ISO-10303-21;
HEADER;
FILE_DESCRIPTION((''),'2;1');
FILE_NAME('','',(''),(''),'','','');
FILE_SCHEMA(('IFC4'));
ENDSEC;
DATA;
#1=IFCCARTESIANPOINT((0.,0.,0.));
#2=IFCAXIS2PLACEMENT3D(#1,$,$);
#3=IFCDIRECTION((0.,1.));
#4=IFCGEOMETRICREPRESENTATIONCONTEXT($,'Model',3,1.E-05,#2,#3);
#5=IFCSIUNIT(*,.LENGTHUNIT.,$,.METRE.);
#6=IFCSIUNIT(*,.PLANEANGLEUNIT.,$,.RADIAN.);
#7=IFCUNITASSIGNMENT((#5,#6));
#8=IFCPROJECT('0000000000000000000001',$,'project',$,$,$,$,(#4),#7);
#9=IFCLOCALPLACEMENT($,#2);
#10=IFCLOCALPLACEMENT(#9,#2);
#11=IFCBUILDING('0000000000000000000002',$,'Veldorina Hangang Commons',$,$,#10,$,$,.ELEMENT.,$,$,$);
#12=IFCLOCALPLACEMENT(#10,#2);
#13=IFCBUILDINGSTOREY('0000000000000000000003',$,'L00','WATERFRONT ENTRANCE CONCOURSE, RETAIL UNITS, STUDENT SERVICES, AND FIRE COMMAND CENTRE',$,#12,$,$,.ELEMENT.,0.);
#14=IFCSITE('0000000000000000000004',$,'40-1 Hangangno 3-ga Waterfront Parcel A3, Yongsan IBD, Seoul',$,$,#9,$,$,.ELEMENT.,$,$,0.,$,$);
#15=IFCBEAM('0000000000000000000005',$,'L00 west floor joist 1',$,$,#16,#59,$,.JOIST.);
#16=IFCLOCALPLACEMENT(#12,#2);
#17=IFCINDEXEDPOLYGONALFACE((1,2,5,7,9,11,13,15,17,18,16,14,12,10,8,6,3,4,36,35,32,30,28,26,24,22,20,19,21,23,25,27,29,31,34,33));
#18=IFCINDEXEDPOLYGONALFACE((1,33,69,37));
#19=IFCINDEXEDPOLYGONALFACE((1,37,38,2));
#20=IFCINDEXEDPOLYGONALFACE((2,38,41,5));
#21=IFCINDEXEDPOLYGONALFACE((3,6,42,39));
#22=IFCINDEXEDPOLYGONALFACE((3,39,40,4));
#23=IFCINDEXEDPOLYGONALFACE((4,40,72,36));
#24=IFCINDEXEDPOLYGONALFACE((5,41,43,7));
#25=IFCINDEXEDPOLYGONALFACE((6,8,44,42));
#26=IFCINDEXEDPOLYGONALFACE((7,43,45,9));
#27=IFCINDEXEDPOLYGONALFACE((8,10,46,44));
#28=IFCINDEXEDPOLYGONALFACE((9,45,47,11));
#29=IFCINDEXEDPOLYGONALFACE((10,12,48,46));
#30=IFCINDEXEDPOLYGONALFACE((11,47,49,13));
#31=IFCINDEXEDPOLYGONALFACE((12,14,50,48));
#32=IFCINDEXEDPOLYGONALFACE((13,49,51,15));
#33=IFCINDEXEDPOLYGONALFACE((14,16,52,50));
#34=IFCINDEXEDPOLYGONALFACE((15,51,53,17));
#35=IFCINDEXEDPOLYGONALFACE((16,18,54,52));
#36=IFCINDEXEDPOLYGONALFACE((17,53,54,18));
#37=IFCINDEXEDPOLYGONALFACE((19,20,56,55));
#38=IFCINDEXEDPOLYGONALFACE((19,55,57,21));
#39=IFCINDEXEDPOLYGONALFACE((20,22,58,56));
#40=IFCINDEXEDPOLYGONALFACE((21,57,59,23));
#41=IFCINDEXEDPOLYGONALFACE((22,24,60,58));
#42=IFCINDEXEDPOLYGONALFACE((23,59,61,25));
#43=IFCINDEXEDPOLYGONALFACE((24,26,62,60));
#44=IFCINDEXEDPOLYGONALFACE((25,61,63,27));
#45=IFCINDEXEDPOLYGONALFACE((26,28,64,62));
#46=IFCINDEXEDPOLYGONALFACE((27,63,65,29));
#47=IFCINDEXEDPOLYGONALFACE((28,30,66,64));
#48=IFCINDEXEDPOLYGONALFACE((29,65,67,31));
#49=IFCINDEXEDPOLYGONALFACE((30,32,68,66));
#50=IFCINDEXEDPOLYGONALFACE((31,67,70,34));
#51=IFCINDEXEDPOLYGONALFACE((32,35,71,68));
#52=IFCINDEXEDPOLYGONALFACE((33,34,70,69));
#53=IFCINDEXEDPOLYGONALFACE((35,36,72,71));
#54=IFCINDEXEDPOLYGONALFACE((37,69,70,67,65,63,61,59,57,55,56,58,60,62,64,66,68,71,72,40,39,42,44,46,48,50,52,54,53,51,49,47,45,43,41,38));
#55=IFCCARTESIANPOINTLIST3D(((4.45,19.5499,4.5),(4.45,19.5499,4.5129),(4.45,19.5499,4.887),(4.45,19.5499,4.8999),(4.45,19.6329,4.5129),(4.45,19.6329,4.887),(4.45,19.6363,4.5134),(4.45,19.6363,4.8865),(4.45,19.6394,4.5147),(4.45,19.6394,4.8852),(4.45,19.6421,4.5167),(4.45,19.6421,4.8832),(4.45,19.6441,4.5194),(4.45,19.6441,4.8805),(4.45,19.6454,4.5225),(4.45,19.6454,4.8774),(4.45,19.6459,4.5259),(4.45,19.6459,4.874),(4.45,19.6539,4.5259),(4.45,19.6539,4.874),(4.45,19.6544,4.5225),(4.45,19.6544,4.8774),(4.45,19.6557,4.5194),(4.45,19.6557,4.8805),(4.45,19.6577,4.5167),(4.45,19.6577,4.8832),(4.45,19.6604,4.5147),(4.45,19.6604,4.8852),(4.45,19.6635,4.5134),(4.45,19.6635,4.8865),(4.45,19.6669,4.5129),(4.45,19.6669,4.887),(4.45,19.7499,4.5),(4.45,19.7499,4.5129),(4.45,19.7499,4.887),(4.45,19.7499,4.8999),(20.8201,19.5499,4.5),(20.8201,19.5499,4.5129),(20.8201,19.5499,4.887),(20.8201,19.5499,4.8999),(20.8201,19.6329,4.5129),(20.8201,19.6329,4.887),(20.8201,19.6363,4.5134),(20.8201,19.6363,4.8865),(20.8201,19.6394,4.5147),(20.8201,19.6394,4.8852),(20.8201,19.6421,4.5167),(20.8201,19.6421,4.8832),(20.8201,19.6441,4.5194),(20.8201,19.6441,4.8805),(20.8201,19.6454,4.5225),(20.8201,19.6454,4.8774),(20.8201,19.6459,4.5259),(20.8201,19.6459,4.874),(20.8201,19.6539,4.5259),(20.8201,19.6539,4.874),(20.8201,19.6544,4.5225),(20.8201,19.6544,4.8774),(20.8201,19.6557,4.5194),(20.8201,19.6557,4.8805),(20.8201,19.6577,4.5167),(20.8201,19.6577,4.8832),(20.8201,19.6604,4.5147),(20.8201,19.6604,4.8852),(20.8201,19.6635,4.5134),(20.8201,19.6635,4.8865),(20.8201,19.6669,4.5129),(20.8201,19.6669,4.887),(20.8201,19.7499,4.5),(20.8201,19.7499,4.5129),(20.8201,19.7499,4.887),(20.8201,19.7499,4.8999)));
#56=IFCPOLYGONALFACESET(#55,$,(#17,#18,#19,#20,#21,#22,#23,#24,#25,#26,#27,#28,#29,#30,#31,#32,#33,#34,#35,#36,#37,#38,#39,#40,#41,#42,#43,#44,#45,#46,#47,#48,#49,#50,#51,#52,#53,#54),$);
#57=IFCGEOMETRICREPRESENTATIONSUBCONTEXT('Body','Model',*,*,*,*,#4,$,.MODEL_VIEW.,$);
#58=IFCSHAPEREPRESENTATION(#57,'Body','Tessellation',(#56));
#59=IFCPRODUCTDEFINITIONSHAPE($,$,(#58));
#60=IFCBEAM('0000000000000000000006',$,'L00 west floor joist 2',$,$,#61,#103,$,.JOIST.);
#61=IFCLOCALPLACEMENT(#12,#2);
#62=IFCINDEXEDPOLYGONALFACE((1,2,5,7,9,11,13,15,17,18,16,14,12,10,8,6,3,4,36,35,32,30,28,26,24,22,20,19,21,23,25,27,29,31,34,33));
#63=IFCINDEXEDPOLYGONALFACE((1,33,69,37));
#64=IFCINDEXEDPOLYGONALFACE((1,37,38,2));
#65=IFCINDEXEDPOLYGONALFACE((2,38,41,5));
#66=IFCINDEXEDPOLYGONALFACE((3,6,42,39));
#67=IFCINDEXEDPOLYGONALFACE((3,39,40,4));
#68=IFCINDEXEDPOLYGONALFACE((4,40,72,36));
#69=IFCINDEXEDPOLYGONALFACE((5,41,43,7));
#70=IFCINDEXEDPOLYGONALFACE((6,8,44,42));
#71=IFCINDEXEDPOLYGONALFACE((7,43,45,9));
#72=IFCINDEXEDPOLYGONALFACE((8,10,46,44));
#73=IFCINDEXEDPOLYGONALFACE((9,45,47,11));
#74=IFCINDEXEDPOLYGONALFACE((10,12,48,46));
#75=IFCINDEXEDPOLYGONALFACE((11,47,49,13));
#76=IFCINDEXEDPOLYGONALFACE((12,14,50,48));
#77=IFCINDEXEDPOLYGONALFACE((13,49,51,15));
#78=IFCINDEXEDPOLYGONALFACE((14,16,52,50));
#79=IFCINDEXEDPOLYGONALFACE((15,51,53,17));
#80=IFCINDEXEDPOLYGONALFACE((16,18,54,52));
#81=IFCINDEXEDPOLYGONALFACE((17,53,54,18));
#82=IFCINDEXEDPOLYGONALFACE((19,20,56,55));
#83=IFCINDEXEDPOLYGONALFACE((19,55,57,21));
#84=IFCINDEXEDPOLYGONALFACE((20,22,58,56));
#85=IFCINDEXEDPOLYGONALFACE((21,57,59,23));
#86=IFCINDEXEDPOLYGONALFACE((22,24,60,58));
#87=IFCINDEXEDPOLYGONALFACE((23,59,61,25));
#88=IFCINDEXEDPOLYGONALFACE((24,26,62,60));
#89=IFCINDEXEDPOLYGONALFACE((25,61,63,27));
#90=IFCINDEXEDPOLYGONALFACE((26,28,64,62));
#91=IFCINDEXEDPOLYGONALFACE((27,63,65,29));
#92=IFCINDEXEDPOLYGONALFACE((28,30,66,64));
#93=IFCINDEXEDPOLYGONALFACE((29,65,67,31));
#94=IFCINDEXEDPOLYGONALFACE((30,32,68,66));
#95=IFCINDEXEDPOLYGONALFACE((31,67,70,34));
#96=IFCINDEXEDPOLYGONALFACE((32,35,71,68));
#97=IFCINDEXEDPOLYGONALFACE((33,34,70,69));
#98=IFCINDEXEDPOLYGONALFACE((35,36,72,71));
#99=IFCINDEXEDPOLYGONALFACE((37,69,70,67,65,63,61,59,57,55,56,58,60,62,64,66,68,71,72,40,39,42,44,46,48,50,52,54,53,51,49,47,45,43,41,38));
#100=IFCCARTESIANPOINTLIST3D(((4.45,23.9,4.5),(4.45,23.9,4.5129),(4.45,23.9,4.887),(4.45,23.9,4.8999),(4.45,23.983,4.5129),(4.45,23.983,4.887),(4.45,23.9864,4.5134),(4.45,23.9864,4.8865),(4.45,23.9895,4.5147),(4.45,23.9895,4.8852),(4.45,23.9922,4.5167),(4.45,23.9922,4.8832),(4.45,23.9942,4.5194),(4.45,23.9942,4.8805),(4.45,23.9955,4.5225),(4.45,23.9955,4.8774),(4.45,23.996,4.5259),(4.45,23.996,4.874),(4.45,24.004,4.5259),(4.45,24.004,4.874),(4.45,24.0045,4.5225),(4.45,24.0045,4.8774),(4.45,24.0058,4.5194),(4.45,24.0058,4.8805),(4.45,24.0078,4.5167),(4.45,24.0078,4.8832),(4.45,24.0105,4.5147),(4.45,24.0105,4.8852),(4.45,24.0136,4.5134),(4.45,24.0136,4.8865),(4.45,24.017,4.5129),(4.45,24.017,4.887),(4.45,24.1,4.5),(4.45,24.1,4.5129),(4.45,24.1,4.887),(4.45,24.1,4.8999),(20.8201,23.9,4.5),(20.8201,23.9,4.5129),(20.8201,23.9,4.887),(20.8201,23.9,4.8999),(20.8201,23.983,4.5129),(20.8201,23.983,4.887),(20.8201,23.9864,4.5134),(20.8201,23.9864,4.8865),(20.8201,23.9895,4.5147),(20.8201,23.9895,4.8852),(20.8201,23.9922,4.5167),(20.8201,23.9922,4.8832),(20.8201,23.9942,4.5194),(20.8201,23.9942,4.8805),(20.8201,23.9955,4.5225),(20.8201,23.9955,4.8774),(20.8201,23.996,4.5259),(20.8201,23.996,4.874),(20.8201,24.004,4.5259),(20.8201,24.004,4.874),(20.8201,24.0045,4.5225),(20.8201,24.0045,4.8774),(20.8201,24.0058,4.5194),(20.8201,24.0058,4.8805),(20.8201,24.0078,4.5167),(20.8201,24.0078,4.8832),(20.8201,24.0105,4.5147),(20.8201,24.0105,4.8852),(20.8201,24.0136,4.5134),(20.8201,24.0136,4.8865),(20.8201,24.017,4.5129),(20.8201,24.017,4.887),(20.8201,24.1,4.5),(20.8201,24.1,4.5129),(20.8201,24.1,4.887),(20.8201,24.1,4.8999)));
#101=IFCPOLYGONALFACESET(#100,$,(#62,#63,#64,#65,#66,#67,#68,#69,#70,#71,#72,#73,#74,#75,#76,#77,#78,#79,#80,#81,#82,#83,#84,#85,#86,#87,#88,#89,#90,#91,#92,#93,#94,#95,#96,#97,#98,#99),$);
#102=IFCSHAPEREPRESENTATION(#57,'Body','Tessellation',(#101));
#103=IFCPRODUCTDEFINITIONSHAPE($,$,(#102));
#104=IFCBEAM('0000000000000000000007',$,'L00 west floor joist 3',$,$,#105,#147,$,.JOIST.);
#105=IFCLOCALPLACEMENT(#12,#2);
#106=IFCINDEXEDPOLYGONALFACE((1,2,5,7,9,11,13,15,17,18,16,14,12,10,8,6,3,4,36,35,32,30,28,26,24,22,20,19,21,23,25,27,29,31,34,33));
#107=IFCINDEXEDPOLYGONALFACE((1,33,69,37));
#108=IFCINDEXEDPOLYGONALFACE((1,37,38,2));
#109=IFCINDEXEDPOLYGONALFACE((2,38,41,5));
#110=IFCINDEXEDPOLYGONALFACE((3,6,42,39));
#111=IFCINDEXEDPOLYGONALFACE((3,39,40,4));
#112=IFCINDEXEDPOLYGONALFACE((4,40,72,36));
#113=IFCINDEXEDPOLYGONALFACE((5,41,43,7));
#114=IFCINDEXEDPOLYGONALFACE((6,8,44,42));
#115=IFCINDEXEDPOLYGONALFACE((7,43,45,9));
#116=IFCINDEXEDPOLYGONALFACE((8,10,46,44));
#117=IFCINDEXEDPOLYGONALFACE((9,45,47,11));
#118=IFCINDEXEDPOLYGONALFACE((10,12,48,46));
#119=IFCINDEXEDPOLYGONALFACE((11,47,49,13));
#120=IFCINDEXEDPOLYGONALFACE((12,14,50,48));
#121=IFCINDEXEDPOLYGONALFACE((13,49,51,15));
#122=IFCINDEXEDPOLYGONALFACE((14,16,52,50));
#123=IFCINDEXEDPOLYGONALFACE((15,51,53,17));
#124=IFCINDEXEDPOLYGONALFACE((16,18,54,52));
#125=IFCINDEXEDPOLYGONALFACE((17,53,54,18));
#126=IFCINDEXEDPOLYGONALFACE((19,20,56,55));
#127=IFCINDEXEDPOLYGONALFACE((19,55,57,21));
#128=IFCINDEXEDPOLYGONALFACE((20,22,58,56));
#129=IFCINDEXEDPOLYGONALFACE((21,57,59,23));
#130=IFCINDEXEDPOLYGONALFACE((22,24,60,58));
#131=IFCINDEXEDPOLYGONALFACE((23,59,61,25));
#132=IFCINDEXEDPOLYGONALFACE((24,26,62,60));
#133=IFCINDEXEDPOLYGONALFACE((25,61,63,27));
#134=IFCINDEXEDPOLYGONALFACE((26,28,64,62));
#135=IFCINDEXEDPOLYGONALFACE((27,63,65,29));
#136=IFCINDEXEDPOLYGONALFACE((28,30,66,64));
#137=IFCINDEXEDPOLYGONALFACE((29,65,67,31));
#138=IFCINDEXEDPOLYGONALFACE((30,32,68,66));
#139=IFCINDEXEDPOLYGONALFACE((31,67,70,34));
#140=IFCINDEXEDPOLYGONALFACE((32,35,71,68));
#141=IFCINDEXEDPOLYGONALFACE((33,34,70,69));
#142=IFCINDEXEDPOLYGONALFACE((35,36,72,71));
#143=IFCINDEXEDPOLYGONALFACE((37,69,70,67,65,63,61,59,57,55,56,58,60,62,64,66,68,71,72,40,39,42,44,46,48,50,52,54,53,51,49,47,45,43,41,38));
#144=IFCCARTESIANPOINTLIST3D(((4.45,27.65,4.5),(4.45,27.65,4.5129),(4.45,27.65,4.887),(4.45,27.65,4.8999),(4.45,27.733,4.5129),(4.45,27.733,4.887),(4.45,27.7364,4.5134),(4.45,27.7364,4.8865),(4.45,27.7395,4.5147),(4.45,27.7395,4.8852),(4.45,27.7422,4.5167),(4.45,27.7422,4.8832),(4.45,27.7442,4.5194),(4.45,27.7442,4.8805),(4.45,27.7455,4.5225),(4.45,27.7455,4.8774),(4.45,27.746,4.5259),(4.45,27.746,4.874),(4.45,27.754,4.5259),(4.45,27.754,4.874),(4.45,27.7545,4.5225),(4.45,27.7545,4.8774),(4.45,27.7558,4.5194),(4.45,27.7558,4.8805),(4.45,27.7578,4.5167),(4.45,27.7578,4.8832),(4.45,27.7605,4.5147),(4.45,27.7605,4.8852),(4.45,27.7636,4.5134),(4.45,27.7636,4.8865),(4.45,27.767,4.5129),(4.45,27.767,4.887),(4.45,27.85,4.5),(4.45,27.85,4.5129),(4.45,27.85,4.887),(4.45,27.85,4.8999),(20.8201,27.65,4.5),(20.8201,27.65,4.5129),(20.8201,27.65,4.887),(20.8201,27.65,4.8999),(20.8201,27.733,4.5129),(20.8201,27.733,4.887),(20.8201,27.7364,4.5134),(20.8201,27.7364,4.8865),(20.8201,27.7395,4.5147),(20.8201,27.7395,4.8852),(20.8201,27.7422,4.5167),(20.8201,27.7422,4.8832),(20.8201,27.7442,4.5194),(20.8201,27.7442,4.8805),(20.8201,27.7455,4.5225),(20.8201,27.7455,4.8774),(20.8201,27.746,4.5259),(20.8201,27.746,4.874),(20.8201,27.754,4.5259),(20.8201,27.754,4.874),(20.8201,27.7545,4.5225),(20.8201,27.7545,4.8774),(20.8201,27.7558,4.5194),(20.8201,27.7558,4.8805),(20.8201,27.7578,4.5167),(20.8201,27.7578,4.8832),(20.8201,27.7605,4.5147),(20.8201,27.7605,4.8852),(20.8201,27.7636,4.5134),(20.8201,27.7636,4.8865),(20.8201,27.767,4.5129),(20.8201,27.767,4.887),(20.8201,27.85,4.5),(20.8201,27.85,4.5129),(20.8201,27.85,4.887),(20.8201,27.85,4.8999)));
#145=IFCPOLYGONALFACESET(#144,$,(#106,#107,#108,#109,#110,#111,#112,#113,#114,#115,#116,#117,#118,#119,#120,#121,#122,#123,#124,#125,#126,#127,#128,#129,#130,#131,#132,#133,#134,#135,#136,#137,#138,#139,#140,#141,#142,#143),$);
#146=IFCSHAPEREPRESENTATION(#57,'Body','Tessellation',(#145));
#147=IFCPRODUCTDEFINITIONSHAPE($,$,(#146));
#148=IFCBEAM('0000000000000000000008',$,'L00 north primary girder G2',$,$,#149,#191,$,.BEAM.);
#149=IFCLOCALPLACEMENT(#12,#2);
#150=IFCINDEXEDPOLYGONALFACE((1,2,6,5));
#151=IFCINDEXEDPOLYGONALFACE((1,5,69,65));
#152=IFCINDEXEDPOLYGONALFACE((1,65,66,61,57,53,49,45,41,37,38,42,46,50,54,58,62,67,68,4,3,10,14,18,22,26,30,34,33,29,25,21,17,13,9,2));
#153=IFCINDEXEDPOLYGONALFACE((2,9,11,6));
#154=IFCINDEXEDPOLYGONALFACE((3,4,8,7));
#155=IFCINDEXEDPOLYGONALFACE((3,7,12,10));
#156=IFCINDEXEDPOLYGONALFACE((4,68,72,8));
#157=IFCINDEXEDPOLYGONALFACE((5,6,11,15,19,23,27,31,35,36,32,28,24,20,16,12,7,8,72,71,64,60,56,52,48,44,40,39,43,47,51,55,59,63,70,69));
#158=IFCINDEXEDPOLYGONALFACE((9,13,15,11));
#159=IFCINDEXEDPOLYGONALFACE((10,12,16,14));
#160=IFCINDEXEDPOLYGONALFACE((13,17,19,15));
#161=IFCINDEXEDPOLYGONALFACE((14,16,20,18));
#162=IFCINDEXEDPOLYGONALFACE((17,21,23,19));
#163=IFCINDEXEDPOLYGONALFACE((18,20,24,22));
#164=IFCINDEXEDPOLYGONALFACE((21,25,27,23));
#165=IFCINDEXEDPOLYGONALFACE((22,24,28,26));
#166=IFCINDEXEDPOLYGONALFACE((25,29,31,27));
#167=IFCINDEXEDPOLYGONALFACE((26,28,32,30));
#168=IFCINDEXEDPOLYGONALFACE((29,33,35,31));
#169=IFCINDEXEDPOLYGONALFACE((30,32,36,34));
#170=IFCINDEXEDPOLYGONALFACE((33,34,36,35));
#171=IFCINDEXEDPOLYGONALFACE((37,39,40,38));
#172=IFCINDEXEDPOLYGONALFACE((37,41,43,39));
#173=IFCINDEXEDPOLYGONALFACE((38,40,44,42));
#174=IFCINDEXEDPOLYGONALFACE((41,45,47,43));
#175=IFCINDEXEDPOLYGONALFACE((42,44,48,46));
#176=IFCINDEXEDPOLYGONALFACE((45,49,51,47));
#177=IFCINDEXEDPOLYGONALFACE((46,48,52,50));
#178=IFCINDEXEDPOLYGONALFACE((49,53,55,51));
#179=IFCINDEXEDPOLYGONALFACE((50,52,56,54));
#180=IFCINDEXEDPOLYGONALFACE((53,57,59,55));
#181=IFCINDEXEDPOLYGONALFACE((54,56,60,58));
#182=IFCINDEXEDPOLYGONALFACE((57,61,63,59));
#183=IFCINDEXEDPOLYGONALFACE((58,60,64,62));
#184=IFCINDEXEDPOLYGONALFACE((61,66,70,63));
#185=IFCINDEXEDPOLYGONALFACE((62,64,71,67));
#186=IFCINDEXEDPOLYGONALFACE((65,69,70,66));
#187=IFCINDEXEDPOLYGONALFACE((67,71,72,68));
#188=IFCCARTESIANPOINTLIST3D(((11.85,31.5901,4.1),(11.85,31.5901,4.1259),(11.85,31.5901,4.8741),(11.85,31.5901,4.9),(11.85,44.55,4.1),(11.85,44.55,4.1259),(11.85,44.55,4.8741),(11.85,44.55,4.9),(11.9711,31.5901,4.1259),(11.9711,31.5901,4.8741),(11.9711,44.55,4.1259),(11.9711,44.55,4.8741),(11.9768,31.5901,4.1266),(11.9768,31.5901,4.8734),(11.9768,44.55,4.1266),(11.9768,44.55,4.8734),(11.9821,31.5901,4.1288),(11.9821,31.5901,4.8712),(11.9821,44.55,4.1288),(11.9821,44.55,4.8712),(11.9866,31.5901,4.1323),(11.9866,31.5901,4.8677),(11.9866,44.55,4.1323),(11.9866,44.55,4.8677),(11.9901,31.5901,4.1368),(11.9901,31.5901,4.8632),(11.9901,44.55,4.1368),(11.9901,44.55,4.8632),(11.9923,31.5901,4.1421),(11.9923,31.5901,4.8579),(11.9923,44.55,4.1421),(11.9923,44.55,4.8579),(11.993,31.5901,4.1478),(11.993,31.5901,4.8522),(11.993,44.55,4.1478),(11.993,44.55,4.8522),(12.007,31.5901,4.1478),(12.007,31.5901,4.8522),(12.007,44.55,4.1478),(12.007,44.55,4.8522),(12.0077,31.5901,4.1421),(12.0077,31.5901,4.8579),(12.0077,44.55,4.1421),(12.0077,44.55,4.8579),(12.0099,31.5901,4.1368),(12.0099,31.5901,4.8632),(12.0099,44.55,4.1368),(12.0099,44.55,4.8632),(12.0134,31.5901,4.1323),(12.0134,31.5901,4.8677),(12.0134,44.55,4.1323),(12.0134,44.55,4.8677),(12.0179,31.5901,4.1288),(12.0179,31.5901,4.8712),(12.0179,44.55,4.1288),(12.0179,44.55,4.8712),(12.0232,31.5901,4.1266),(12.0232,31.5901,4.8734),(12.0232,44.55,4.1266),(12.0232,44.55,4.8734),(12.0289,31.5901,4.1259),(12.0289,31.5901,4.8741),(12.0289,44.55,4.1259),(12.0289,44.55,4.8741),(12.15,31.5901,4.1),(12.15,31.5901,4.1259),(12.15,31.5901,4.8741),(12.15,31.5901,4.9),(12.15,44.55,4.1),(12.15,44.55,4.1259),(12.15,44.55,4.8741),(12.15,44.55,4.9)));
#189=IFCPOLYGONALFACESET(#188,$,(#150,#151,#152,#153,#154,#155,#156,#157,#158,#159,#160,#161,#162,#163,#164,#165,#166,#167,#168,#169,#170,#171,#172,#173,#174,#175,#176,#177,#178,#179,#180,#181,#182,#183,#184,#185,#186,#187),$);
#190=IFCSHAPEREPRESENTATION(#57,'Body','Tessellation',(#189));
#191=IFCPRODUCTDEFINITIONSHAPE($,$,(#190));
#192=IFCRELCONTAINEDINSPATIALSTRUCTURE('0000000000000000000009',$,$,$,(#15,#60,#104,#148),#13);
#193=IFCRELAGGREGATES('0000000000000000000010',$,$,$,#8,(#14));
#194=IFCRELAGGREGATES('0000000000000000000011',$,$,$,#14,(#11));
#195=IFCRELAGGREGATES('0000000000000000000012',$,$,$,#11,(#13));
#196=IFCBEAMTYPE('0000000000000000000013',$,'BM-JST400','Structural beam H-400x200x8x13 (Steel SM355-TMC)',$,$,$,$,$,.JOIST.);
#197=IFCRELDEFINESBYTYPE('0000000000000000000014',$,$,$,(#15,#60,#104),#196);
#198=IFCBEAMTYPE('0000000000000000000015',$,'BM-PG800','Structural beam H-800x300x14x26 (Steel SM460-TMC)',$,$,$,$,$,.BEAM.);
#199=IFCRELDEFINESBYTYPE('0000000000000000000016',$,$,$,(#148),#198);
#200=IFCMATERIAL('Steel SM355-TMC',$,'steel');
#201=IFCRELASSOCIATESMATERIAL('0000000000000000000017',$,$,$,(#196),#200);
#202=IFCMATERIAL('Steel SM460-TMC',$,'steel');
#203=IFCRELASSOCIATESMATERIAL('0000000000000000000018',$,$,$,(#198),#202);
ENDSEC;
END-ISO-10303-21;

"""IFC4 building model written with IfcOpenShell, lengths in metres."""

from ifc_helpers import new_model, si_unit, direction, frame, origin, origin_2d, place, context, subcontext, project, spatial, i_section, extrude, material, material_profile, profile_set, type_object, element, save


model = new_model("IFC4")

# Units and contexts
model_context = context("Model", 3, precision=1e-05, world=origin(), true_north=direction((0.0, 1.0)))
body_context = subcontext(model_context, "Body", "Model", "MODEL_VIEW")
ifc_project = project(units=[si_unit("LENGTHUNIT", "METRE"), si_unit("PLANEANGLEUNIT", "RADIAN")], contexts=[model_context])

# Site, building, storey
site_placement = place(None, origin())
site = spatial("IfcSite", under=ifc_project, at=site_placement, Name="40-1 Hangangno 3-ga Waterfront Parcel A3, Yongsan IBD, Seoul", CompositionType="ELEMENT", RefElevation=0.0)
building_placement = place(site_placement, origin())
building = spatial("IfcBuilding", under=site, at=building_placement, Name="Veldorina Hangang Commons", CompositionType="ELEMENT")
storey_placement = place(building_placement, origin())
storey = spatial("IfcBuildingStorey", under=building, at=storey_placement, Name="L00", Description="WATERFRONT ENTRANCE CONCOURSE, RETAIL UNITS, STUDENT SERVICES, AND FIRE COMMAND CENTRE", CompositionType="ELEMENT", Elevation=0.0)

# Shared definitions
ifc_material_1 = material(Name="Steel SM460-TMC", Category="steel")
ifc_material_2 = material(Name="Steel SM355-TMC", Category="steel")

# Beams
ifc_material_profile_1 = material_profile(ifc_material_2, i_section(OverallWidth=0.2, OverallDepth=0.3999, WebThickness=0.0081, FlangeThickness=0.0129, FilletRadius=0.0129, at=origin_2d()), Name="H-400x200x8x13")
ifc_profile_set_1 = profile_set([ifc_material_profile_1], Name="Steel SM355-TMC")
beam_type_1 = type_object("IfcBeamType", Name="BM-JST400", Description="Structural beam H-400x200x8x13 (Steel SM355-TMC)", PredefinedType="JOIST", material=ifc_profile_set_1)
for number, where, z_axis, x_axis, name in (
    (1, (4.45, 19.6499, 4.7), (1.0, 0.0, 0.0), (0.0, 1.0, 0.0), "L00 west floor joist 1"),
    (2, (4.45, 24.0, 4.7), (1.0, 0.0, 0.0), (0.0, 1.0, 0.0), "L00 west floor joist 2"),
    (3, (4.45, 27.75, 4.7), (1.0, 0.0, 0.0), (0.0, 1.0, 0.0), "L00 west floor joist 3"),
):
    element("IfcBeam", number, at=place(storey_placement, frame(where, z_axis=z_axis, x_axis=x_axis)), inside=storey, type_object=beam_type_1, Name=name, PredefinedType="JOIST", context=body_context, shape_type="SweptSolid", body=[
        extrude(i_section(OverallWidth=0.2, OverallDepth=0.3999, WebThickness=0.0081, FlangeThickness=0.0129, FilletRadius=0.0129, at=origin_2d()), origin(), (0.0, 0.0, 1.0), 16.3701),
    ])
ifc_material_profile_2 = material_profile(ifc_material_1, i_section(OverallWidth=0.3, OverallDepth=0.8, WebThickness=0.0139, FlangeThickness=0.0259, FilletRadius=0.022, at=origin_2d()), Name="H-800x300x14x26")
ifc_profile_set_2 = profile_set([ifc_material_profile_2], Name="Steel SM460-TMC")
beam_type_2 = type_object("IfcBeamType", Name="BM-PG800", Description="Structural beam H-800x300x14x26 (Steel SM460-TMC)", PredefinedType="BEAM", material=ifc_profile_set_2)
beam_1_placement = place(storey_placement, frame((12.0, 31.5901, 4.5), z_axis=(0.0, 1.0, 0.0), x_axis=(-1.0, 0.0, 0.0)))
element("IfcBeam", 4, at=beam_1_placement, inside=storey, type_object=beam_type_2, Name="L00 north primary girder G2", PredefinedType="BEAM", context=body_context, shape_type="SweptSolid", body=[
    extrude(i_section(OverallWidth=0.3, OverallDepth=0.8, WebThickness=0.0139, FlangeThickness=0.0259, FilletRadius=0.022, at=origin_2d()), origin(), (0.0, 0.0, 1.0), 12.96),
])

save(model, "model.ifc")
